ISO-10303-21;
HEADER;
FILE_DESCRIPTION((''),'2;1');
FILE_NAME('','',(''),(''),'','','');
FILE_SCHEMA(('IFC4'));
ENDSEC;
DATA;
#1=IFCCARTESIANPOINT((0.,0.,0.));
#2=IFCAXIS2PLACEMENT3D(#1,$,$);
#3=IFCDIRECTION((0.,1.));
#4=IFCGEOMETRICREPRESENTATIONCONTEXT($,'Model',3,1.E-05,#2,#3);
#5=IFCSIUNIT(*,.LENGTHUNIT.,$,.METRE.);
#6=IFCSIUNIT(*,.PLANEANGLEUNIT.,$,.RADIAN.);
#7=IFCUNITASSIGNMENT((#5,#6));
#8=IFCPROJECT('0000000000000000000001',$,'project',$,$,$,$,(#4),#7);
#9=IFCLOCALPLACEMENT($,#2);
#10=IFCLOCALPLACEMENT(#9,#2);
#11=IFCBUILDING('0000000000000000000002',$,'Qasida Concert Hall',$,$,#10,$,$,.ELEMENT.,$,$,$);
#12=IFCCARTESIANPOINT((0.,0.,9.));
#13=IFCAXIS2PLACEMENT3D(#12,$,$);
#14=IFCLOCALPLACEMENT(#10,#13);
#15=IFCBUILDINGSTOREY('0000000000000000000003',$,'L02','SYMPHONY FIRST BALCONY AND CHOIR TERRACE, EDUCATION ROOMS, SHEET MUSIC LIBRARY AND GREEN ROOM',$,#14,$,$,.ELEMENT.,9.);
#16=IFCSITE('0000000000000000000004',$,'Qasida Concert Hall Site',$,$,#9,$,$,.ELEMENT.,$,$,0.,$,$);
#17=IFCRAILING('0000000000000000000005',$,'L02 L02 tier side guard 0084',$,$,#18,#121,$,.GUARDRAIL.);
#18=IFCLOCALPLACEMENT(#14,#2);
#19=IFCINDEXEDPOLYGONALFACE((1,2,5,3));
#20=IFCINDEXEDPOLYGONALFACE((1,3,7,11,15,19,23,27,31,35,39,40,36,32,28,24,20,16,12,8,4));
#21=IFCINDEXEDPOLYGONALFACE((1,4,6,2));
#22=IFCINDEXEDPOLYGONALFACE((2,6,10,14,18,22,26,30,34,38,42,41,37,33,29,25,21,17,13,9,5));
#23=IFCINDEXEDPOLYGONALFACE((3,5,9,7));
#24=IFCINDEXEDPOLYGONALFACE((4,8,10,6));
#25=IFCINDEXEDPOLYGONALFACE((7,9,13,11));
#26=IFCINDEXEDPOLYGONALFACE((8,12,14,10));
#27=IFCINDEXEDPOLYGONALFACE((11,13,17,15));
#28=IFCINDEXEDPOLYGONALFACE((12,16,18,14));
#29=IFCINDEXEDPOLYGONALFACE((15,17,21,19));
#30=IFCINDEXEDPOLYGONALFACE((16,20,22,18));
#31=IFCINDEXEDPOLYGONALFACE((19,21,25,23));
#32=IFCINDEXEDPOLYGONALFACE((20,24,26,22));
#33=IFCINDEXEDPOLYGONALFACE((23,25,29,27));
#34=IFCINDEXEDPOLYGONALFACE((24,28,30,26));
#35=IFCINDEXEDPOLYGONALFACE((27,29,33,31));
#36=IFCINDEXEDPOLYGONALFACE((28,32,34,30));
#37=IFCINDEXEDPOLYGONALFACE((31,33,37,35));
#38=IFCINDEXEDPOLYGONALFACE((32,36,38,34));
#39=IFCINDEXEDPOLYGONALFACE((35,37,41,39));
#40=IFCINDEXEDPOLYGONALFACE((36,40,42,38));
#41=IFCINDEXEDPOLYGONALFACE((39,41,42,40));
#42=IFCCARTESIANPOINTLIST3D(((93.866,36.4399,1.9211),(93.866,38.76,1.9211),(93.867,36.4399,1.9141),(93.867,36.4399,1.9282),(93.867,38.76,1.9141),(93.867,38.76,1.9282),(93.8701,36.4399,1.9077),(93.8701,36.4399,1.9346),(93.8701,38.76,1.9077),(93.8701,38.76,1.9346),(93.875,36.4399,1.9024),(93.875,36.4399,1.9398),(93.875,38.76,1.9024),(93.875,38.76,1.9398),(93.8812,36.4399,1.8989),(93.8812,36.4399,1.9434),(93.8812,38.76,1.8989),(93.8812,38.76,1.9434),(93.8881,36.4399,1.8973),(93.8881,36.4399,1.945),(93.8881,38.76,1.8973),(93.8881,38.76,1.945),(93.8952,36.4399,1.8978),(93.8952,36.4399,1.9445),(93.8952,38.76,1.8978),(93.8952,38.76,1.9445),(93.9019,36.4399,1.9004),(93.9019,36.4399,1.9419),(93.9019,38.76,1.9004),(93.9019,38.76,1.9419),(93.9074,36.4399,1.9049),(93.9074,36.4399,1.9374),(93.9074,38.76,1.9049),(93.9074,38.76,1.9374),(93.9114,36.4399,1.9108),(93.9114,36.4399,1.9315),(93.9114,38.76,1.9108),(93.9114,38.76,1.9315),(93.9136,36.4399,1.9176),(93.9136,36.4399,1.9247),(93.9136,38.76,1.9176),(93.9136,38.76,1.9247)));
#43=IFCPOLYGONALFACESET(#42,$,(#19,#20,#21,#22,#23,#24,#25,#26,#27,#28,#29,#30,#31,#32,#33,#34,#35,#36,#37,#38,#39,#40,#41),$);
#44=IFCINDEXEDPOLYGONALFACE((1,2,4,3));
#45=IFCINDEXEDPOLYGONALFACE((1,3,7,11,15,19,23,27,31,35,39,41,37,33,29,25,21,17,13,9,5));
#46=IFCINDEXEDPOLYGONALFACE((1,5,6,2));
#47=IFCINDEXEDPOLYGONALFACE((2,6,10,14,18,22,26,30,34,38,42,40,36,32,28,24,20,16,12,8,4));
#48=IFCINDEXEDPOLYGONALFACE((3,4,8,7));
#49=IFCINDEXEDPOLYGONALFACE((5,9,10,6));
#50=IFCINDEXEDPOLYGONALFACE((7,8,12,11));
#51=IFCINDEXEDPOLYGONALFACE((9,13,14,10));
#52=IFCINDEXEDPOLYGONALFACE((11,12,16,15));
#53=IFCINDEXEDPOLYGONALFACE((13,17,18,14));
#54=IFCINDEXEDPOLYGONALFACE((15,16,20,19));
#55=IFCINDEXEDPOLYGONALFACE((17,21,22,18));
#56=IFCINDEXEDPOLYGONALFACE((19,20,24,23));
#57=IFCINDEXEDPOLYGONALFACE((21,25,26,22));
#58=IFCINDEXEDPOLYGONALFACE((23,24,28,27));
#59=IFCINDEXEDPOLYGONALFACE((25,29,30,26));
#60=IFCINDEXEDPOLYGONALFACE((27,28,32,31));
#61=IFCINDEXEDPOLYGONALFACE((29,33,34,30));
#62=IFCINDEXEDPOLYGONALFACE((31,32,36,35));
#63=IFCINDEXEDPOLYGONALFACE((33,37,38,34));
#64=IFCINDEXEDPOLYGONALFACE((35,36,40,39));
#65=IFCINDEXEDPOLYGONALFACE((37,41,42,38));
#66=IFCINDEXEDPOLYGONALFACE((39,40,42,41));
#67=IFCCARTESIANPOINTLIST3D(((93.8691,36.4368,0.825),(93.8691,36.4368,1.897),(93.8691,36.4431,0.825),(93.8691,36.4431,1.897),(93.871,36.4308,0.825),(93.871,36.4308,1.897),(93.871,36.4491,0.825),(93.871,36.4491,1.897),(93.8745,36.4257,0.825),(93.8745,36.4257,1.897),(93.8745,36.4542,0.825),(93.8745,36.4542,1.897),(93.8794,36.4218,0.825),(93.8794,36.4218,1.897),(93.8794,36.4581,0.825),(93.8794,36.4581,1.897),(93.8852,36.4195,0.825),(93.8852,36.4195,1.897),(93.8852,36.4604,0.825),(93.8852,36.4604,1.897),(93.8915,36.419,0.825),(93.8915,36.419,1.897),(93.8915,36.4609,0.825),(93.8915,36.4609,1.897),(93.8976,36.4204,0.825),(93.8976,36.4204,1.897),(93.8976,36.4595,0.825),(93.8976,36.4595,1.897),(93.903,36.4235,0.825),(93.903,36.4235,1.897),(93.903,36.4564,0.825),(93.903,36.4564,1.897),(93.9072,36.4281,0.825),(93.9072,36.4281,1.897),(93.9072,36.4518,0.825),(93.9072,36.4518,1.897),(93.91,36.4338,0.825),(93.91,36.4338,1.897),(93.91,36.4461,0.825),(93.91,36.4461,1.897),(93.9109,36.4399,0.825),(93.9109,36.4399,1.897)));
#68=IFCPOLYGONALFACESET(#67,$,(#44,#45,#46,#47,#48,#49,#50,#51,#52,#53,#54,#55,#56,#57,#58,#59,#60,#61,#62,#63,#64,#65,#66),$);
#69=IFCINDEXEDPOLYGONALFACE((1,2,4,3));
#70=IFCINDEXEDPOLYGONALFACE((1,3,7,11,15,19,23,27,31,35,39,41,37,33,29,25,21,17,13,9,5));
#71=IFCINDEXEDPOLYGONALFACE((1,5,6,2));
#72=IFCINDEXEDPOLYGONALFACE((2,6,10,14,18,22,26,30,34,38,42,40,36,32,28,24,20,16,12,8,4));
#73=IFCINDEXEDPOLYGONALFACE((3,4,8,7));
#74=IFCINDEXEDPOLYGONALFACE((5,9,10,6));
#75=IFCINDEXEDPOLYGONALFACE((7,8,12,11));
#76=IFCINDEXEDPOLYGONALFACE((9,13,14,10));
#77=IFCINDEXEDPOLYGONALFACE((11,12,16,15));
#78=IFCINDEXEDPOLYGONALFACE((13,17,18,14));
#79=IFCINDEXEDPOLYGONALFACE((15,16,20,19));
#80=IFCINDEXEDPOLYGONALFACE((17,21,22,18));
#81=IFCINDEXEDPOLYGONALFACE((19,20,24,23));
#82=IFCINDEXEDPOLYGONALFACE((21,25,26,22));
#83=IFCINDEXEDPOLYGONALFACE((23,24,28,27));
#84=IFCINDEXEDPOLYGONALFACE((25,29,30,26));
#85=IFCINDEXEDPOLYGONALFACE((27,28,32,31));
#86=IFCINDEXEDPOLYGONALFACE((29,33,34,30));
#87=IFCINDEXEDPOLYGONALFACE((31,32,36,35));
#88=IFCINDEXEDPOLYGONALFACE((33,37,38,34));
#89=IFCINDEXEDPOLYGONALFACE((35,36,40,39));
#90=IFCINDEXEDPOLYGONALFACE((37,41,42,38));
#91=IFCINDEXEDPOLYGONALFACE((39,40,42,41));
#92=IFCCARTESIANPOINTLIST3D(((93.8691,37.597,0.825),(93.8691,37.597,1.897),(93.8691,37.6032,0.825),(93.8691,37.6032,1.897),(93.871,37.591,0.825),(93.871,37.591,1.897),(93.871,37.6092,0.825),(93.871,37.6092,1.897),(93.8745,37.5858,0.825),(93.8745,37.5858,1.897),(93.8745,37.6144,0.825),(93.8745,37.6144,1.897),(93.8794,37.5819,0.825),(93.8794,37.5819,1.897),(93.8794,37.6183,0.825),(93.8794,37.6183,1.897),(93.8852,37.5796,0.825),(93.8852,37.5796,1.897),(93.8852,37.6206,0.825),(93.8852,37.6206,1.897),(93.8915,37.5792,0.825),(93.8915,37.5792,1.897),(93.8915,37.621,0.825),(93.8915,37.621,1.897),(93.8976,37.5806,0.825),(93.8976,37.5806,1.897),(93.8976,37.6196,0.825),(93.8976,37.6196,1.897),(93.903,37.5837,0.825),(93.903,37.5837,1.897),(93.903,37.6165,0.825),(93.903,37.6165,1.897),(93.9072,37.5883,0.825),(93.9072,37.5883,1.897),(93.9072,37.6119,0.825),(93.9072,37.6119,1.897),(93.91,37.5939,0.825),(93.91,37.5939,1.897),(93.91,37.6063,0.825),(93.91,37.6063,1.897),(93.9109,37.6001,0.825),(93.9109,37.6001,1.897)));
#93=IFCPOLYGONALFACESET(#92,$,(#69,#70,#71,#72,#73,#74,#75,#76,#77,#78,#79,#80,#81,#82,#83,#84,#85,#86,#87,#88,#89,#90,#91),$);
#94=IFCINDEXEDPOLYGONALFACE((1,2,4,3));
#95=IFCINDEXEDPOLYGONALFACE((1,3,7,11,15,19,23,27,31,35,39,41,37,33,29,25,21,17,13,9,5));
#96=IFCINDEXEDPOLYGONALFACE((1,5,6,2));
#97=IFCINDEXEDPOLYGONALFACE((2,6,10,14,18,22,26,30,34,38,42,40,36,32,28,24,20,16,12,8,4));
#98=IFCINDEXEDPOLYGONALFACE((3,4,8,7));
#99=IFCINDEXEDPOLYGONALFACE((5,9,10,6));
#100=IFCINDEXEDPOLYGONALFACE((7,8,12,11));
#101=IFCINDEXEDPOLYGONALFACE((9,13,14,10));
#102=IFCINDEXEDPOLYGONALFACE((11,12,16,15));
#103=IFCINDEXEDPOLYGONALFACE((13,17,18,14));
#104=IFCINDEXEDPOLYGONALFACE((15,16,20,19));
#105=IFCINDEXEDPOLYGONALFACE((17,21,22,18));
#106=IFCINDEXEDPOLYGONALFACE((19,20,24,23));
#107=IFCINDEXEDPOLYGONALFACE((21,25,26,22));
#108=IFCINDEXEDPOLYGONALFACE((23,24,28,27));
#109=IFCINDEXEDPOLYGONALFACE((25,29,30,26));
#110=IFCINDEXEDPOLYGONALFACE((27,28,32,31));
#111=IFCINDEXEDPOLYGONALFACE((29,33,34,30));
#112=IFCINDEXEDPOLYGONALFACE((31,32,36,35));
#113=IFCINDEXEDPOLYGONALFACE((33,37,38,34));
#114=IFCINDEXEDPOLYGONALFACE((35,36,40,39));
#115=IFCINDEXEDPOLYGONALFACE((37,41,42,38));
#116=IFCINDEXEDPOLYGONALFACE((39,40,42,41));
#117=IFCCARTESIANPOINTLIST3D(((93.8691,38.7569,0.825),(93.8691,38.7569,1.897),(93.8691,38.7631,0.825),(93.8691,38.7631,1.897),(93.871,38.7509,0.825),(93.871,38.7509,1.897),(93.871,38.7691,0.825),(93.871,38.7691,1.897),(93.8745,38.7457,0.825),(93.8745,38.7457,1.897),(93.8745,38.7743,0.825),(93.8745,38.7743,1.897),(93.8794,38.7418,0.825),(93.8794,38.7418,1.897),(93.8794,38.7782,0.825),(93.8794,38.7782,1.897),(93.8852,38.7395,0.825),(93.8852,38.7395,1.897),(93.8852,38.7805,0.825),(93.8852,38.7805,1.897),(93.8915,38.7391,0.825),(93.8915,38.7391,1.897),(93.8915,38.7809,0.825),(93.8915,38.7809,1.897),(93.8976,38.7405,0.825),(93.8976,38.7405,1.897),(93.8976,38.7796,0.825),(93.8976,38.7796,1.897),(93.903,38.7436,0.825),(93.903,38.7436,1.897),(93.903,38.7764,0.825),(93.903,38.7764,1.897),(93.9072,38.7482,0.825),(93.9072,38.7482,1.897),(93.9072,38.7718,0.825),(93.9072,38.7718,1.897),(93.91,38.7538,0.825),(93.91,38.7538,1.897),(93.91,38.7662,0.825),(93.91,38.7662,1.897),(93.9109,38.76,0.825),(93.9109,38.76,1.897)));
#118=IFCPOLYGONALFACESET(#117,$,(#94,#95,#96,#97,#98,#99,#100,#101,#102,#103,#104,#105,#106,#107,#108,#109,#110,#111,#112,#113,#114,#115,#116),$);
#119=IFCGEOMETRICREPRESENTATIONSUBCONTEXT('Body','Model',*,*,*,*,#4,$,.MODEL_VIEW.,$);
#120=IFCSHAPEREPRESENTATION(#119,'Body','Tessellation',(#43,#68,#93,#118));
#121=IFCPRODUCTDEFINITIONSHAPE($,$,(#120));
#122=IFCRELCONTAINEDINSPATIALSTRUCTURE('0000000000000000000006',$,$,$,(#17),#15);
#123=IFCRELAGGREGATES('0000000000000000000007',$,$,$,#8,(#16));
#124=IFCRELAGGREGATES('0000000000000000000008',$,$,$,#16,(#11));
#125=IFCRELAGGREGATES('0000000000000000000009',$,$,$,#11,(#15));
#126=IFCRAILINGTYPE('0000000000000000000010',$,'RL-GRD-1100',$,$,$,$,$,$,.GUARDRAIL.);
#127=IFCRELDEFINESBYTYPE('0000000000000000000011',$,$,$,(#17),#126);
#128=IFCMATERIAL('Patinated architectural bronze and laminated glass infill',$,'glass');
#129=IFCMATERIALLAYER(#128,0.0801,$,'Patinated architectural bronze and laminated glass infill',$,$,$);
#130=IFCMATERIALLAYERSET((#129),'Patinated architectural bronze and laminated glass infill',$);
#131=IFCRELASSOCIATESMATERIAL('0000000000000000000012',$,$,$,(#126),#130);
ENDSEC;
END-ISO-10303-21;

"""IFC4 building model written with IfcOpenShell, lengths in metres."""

from ifc_helpers import new_model, si_unit, direction, frame, origin, origin_2d, place, context, subcontext, project, spatial, circle, extrude, material, layer, layer_set, type_object, element, save


model = new_model("IFC4")

# Units and contexts
model_context = context("Model", 3, precision=1e-05, world=origin(), true_north=direction((0.0, 1.0)))
body_context = subcontext(model_context, "Body", "Model", "MODEL_VIEW")
ifc_project = project(units=[si_unit("LENGTHUNIT", "METRE"), si_unit("PLANEANGLEUNIT", "RADIAN")], contexts=[model_context])

# Site, building, storey
site_placement = place(None, origin())
site = spatial("IfcSite", under=ifc_project, at=site_placement, Name="Qasida Concert Hall Site", CompositionType="ELEMENT", RefElevation=0.0)
building_placement = place(site_placement, origin())
building = spatial("IfcBuilding", under=site, at=building_placement, Name="Qasida Concert Hall", CompositionType="ELEMENT")
storey_placement = place(building_placement, frame((0.0, 0.0, 9.0)))
storey = spatial("IfcBuildingStorey", under=building, at=storey_placement, Name="L02", Description="SYMPHONY FIRST BALCONY AND CHOIR TERRACE, EDUCATION ROOMS, SHEET MUSIC LIBRARY AND GREEN ROOM", CompositionType="ELEMENT", Elevation=9.0)

# Railing
ifc_material_1 = material(Name="Patinated architectural bronze and laminated glass infill", Category="glass")
ifc_layer_1 = layer(ifc_material_1, 0.0801, Name="Patinated architectural bronze and laminated glass infill")
ifc_layer_set_1 = layer_set([ifc_layer_1], Name="Patinated architectural bronze and laminated glass infill")
railing_type_1 = type_object("IfcRailingType", Name="RL-GRD-1100", PredefinedType="GUARDRAIL", material=ifc_layer_set_1)
for number, where, name in (
    (1, (93.8899, 36.4399, 0.825), "L02 L02 tier side guard 0084"),
):
    element("IfcRailing", number, at=place(storey_placement, frame(where)), inside=storey, type_object=railing_type_1, Name=name, PredefinedType="GUARDRAIL", context=body_context, shape_type="SweptSolid", body=[
        extrude(circle(Radius=0.0239, at=origin_2d()), frame((0.0, 0.0, 1.0962), z_axis=(0.0, 1.0, 0.0), x_axis=(-1.0, 0.0, 0.0)), (0.0, 0.0, 1.0), 2.3201),
        extrude(circle(Radius=0.021, at=origin_2d()), origin(), (0.0, 0.0, 1.0), 1.072),
        extrude(circle(Radius=0.021, at=origin_2d()), frame((0.0, 1.1602, 0.0)), (0.0, 0.0, 1.0), 1.072),
        extrude(circle(Radius=0.021, at=origin_2d()), frame((0.0, 2.3201, 0.0)), (0.0, 0.0, 1.0), 1.072),
    ])

save(model, "model.ifc")
